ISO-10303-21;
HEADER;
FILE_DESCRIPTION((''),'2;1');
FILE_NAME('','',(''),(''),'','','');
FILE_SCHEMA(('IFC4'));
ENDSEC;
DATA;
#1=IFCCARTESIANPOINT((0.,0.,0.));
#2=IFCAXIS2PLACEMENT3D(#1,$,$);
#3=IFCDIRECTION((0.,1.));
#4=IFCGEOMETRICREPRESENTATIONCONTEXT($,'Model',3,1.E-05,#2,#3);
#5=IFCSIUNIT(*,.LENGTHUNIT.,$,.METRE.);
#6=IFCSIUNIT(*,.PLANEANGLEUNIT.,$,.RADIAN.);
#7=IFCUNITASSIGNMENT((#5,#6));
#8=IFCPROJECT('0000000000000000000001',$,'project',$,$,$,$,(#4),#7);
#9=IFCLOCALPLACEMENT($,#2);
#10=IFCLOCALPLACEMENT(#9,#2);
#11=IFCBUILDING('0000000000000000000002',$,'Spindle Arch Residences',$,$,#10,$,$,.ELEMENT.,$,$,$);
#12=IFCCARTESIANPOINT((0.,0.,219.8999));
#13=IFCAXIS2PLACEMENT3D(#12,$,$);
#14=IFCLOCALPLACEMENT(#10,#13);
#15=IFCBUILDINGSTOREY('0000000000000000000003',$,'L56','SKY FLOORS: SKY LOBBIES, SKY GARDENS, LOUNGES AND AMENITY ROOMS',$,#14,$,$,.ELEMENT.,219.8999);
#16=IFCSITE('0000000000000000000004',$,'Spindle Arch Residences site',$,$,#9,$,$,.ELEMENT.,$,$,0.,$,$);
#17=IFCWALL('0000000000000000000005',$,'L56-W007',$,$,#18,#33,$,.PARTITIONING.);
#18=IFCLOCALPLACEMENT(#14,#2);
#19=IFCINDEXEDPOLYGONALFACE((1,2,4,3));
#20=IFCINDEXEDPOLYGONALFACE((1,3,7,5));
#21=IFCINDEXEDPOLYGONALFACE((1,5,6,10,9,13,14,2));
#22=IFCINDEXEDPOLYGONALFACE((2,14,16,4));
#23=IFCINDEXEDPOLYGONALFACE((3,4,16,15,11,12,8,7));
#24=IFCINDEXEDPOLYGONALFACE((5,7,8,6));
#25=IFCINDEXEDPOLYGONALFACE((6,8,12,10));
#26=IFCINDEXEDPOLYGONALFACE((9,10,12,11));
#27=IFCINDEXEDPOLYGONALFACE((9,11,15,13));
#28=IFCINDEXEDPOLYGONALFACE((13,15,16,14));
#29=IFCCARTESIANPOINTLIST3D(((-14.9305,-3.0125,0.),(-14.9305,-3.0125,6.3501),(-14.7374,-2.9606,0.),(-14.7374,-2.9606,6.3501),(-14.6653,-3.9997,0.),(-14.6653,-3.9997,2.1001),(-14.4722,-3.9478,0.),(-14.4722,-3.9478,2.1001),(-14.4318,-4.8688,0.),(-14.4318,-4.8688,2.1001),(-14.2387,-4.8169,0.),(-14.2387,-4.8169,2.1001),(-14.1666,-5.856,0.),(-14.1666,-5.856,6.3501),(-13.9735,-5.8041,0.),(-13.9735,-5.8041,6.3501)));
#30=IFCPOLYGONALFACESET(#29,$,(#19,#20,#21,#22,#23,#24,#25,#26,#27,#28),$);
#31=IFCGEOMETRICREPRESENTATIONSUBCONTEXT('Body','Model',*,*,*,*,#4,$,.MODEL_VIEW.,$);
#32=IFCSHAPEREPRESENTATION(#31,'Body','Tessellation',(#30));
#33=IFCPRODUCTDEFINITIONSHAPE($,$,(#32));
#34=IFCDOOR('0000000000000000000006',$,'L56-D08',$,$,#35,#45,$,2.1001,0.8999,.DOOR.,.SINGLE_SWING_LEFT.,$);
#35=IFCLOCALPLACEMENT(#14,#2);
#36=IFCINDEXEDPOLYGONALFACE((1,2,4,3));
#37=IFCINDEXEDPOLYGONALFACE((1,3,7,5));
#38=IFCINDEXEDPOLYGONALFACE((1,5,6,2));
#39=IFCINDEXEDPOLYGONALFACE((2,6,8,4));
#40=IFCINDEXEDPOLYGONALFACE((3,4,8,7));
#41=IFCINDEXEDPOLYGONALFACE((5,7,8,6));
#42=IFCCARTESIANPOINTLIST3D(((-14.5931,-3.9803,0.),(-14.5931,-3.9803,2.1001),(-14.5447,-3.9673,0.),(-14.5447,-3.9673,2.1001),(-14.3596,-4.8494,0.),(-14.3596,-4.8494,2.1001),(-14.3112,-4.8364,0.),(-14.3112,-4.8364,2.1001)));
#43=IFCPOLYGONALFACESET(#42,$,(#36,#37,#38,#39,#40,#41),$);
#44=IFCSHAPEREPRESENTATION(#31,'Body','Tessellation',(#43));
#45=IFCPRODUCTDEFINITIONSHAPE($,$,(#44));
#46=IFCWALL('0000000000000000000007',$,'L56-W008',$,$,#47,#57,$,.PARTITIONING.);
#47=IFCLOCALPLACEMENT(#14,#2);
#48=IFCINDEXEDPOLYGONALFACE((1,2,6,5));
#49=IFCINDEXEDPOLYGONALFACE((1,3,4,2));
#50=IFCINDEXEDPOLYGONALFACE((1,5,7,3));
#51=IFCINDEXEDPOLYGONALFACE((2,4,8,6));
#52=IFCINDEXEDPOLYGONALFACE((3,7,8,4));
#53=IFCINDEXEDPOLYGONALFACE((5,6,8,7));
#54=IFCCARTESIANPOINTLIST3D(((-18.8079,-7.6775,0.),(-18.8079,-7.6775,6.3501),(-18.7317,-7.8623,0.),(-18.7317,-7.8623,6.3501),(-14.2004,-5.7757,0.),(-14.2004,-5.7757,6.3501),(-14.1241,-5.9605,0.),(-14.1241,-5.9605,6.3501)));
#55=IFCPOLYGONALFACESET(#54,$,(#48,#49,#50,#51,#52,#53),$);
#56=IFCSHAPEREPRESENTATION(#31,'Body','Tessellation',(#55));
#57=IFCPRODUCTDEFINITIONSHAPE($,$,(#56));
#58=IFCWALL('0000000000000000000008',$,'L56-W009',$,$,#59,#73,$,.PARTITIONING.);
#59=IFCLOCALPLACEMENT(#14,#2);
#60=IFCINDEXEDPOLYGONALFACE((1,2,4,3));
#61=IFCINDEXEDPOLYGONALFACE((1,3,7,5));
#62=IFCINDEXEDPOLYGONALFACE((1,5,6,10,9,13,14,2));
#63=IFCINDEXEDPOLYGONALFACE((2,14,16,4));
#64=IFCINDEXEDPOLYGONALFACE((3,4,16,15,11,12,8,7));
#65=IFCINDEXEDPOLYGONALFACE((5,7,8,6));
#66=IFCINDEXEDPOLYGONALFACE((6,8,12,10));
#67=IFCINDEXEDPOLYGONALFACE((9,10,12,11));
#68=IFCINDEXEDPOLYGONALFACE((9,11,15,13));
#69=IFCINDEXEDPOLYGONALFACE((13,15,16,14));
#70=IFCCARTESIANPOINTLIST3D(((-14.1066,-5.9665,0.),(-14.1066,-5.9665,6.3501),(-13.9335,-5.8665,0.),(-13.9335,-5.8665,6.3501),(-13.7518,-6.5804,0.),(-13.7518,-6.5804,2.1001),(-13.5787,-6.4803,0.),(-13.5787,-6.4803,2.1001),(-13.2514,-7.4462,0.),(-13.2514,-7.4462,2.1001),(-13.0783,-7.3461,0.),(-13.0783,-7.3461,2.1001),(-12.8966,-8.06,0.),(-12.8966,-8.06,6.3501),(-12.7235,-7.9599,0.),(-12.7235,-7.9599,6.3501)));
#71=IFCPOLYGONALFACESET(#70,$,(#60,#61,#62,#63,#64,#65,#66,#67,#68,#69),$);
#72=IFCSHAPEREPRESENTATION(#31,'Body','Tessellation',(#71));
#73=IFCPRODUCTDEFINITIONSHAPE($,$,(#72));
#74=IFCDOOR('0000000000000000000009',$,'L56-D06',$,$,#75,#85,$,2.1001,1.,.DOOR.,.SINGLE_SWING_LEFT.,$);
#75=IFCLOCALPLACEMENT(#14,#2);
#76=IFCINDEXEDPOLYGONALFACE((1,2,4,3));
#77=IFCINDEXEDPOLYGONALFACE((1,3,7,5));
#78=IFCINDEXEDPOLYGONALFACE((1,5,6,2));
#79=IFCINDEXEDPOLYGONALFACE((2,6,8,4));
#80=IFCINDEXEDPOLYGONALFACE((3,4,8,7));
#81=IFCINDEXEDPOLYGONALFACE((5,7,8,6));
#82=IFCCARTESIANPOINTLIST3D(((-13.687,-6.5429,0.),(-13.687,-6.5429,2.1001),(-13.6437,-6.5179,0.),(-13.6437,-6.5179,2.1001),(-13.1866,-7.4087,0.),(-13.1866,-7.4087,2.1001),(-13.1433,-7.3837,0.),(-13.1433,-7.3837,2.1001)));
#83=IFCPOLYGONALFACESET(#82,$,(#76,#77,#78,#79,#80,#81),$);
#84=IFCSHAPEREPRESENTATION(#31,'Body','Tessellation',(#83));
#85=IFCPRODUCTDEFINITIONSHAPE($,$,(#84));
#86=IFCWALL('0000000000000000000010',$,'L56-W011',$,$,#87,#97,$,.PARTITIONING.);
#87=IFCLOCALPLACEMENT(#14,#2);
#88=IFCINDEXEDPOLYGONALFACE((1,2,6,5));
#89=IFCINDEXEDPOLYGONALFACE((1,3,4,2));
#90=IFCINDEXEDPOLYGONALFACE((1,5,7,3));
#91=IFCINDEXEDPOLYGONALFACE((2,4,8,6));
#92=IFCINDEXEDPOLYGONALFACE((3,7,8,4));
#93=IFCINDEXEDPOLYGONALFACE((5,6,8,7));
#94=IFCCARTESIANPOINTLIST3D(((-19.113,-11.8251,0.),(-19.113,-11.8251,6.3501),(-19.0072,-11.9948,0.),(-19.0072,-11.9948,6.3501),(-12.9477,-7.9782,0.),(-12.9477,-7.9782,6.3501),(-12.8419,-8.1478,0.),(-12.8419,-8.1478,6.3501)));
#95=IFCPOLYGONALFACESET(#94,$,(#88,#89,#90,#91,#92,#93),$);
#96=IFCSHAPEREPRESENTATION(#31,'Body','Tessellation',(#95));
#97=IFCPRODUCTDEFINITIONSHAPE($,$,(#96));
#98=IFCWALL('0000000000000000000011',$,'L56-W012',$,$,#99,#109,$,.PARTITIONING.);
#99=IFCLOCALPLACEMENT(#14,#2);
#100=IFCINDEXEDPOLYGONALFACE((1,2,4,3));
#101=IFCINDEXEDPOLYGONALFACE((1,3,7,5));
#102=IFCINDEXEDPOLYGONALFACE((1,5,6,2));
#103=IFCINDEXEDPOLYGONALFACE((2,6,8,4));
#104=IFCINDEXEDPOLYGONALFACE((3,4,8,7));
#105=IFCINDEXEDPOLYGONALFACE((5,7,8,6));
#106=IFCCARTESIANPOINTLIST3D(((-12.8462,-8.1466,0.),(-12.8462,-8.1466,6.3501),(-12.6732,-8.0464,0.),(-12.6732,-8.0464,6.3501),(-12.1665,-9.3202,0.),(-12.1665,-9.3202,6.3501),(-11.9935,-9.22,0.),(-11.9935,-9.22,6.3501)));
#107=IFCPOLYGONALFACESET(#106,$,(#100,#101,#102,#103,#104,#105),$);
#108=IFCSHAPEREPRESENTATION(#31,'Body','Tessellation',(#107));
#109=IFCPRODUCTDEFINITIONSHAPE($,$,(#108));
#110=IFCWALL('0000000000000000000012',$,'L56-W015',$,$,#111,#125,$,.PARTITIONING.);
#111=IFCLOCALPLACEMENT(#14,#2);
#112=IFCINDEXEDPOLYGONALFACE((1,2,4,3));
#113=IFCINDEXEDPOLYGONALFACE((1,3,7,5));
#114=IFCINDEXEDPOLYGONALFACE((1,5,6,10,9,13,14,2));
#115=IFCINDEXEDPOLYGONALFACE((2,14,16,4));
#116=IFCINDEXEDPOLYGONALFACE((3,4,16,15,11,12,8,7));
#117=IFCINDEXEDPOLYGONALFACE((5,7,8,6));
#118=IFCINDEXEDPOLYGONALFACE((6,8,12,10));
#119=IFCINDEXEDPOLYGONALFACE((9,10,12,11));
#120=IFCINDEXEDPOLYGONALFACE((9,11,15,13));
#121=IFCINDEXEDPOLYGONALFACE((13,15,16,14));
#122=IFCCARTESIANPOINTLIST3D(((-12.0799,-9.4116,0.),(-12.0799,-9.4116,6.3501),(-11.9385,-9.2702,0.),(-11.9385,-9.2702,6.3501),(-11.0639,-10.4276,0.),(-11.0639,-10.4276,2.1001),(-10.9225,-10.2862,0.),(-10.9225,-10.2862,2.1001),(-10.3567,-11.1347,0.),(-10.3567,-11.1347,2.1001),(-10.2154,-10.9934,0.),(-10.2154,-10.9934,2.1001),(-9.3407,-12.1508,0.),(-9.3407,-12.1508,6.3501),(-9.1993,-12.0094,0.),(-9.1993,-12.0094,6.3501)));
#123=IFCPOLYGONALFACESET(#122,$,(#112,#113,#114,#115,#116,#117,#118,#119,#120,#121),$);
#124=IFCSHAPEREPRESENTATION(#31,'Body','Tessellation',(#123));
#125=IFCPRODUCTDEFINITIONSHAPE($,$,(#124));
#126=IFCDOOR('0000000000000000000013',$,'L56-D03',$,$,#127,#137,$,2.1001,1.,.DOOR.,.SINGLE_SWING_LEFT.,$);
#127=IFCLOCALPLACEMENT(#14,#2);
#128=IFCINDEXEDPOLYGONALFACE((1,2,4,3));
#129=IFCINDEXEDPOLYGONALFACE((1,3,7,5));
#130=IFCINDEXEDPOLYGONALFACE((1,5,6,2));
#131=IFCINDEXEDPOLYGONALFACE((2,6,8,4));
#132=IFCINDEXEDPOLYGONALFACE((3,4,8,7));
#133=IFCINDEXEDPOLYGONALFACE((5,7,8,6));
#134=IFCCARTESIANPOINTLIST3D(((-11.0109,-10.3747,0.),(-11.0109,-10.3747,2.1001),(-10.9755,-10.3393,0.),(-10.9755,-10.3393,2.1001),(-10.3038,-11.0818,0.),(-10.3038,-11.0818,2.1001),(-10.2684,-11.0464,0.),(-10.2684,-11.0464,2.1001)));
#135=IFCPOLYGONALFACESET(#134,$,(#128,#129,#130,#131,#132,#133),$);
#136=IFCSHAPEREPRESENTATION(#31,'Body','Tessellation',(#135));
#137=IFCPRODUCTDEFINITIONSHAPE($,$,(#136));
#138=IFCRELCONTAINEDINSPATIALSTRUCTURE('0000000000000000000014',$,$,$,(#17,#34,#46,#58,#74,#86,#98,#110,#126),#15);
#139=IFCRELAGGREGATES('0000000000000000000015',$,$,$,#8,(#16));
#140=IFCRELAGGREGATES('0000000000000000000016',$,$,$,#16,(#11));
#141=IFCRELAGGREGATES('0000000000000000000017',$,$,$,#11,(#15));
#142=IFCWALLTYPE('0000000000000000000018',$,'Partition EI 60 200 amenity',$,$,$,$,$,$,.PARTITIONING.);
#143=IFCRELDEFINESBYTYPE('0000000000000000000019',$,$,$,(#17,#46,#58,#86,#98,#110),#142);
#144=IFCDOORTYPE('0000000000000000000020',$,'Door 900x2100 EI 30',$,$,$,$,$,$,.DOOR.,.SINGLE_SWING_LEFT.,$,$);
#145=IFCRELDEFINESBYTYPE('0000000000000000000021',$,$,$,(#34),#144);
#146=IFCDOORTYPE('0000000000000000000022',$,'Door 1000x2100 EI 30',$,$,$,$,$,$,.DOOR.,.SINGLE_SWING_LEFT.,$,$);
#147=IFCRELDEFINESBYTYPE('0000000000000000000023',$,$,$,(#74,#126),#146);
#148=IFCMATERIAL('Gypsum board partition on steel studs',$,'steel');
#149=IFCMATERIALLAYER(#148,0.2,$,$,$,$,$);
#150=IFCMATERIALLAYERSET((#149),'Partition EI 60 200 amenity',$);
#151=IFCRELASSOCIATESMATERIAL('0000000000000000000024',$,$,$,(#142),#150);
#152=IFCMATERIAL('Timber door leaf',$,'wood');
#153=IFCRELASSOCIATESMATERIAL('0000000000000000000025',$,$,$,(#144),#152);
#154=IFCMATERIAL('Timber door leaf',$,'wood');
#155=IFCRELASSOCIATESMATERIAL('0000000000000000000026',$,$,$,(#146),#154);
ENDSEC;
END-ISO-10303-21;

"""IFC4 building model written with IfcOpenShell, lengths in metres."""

from ifc_helpers import new_model, si_unit, direction, frame, frame_2d, origin, place, context, subcontext, project, spatial, rectangle, extrude, material, layer, layer_set, type_object, element, fill, save


model = new_model("IFC4")

# Units and contexts
model_context = context("Model", 3, precision=1e-05, world=origin(), true_north=direction((0.0, 1.0)))
body_context = subcontext(model_context, "Body", "Model", "MODEL_VIEW")
ifc_project = project(units=[si_unit("LENGTHUNIT", "METRE"), si_unit("PLANEANGLEUNIT", "RADIAN")], contexts=[model_context])

# Site, building, storey
site_placement = place(None, origin())
site = spatial("IfcSite", under=ifc_project, at=site_placement, Name="Spindle Arch Residences site", CompositionType="ELEMENT", RefElevation=0.0)
building_placement = place(site_placement, origin())
building = spatial("IfcBuilding", under=site, at=building_placement, Name="Spindle Arch Residences", CompositionType="ELEMENT")
storey_placement = place(building_placement, frame((0.0, 0.0, 219.8999)))
storey = spatial("IfcBuildingStorey", under=building, at=storey_placement, Name="L56", Description="SKY FLOORS: SKY LOBBIES, SKY GARDENS, LOUNGES AND AMENITY ROOMS", CompositionType="ELEMENT", Elevation=219.8999)

# Shared definitions
ifc_material_1 = material(Name="Gypsum board partition on steel studs", Category="steel")
ifc_layer_1 = layer(ifc_material_1, 0.2)
ifc_layer_set_1 = layer_set([ifc_layer_1], Name="Partition EI 60 200 amenity")
wall_type_1 = type_object("IfcWallType", Name="Partition EI 60 200 amenity", PredefinedType="PARTITIONING", material=ifc_layer_set_1)

# Wall, opening, door
wall_1_placement = place(storey_placement, frame((-14.834, -2.9866, 0.0), z_axis=(0.0, 0.0, 1.0), x_axis=(0.259453, -0.965756, 0.0)))
wall_1 = element("IfcWall", 1, at=wall_1_placement, inside=storey, type_object=wall_type_1, Name="L56-W007", PredefinedType="PARTITIONING", context=body_context, shape_type="SweptSolid", body=[
    extrude(rectangle(XDim=2.9443, YDim=0.2, at=frame_2d((1.4722, 0.0))), origin(), (0.0, 0.0, 1.0), 6.3501),
])
opening_1_placement = place(wall_1_placement, frame((1.0222, 0.0, 0.0)))
opening_1 = element("IfcOpeningElement", 2, at=opening_1_placement, cuts=wall_1, PredefinedType="OPENING", context=body_context, shape_type="SweptSolid", body=[
    extrude(rectangle(XDim=0.8999, YDim=2.1001, at=frame_2d((0.45, 1.05))), frame((0.0, 0.1099, 0.0), z_axis=(0.0, -1.0, 0.0), x_axis=(1.0, 0.0, 0.0)), (0.0, 0.0, 1.0), 0.22),
])
ifc_material_2 = material(Name="Timber door leaf", Category="wood")
door_type_1 = type_object("IfcDoorType", Name="Door 900x2100 EI 30", OperationType="SINGLE_SWING_LEFT", PredefinedType="DOOR", material=ifc_material_2)
door_1_placement = place(opening_1_placement, origin())
door_1 = element("IfcDoor", 3, at=door_1_placement, inside=storey, type_object=door_type_1, Name="L56-D08", OperationType="SINGLE_SWING_LEFT", OverallHeight=2.1001, OverallWidth=0.8999, PredefinedType="DOOR", context=body_context, shape_type="SweptSolid", body=[
    extrude(rectangle(XDim=0.8999, YDim=2.1001, at=frame_2d((0.45, 1.05))), frame((0.0, 0.0249, 0.0), z_axis=(0.0, -1.0, 0.0), x_axis=(1.0, 0.0, 0.0)), (0.0, 0.0, 1.0), 0.05),
])
fill(opening_1, door_1)

# Wall
wall_2_placement = place(storey_placement, frame((-14.1624, -5.8682, 0.0), z_axis=(0.0, 0.0, 1.0), x_axis=(-0.924354, -0.381535, 0.0)))
element("IfcWall", 4, at=wall_2_placement, inside=storey, type_object=wall_type_1, Name="L56-W008", PredefinedType="PARTITIONING", context=body_context, shape_type="SweptSolid", body=[
    extrude(rectangle(XDim=4.9846, YDim=0.2, at=frame_2d((2.4922, 0.0))), origin(), (0.0, 0.0, 1.0), 6.3501),
])

# Wall, opening, door
wall_3_placement = place(storey_placement, frame((-14.02, -5.9165, 0.0), z_axis=(0.0, 0.0, 1.0), x_axis=(0.500395, -0.865797, 0.0)))
wall_3 = element("IfcWall", 5, at=wall_3_placement, inside=storey, type_object=wall_type_1, Name="L56-W009", PredefinedType="PARTITIONING", context=body_context, shape_type="SweptSolid", body=[
    extrude(rectangle(XDim=2.418, YDim=0.2, at=frame_2d((1.209, 0.0))), origin(), (0.0, 0.0, 1.0), 6.3501),
])
opening_2_placement = place(wall_3_placement, frame((0.709, 0.0, 0.0)))
opening_2 = element("IfcOpeningElement", 6, at=opening_2_placement, cuts=wall_3, PredefinedType="OPENING", context=body_context, shape_type="SweptSolid", body=[
    extrude(rectangle(XDim=1.0, YDim=2.1001, at=frame_2d((0.5, 1.05))), frame((0.0, 0.1099, 0.0), z_axis=(0.0, -1.0, 0.0), x_axis=(1.0, 0.0, 0.0)), (0.0, 0.0, 1.0), 0.22),
])
ifc_material_3 = material(Name="Timber door leaf", Category="wood")
door_type_2 = type_object("IfcDoorType", Name="Door 1000x2100 EI 30", OperationType="SINGLE_SWING_LEFT", PredefinedType="DOOR", material=ifc_material_3)
door_2_placement = place(opening_2_placement, origin())
door_2 = element("IfcDoor", 7, at=door_2_placement, inside=storey, type_object=door_type_2, Name="L56-D06", OperationType="SINGLE_SWING_LEFT", OverallHeight=2.1001, OverallWidth=1.0, PredefinedType="DOOR", context=body_context, shape_type="SweptSolid", body=[
    extrude(rectangle(XDim=1.0, YDim=2.1001, at=frame_2d((0.5, 1.05))), frame((0.0, 0.0249, 0.0), z_axis=(0.0, -1.0, 0.0), x_axis=(1.0, 0.0, 0.0)), (0.0, 0.0, 1.0), 0.05),
])
fill(opening_2, door_2)

# Walls
wall_4_placement = place(storey_placement, frame((-12.8948, -8.063, 0.0), z_axis=(0.0, 0.0, 1.0), x_axis=(-0.848393, -0.529368, 0.0)))
element("IfcWall", 8, at=wall_4_placement, inside=storey, type_object=wall_type_1, Name="L56-W011", PredefinedType="PARTITIONING", context=body_context, shape_type="SweptSolid", body=[
    extrude(rectangle(XDim=7.2671, YDim=0.2, at=frame_2d((3.6335, 0.0))), origin(), (0.0, 0.0, 1.0), 6.3501),
])
wall_5_placement = place(storey_placement, frame((-12.7598, -8.0964, 0.0), z_axis=(0.0, 0.0, 1.0), x_axis=(0.501171, -0.865348, 0.0)))
element("IfcWall", 9, at=wall_5_placement, inside=storey, type_object=wall_type_1, Name="L56-W012", PredefinedType="PARTITIONING", context=body_context, shape_type="SweptSolid", body=[
    extrude(rectangle(XDim=1.3562, YDim=0.2, at=frame_2d((0.6782, 0.0))), origin(), (0.0, 0.0, 1.0), 6.3501),
])

# Wall, opening, door
wall_6_placement = place(storey_placement, frame((-12.0093, -9.3408, 0.0), z_axis=(0.0, 0.0, 1.0), x_axis=(0.707107, -0.707107, 0.0)))
wall_6 = element("IfcWall", 10, at=wall_6_placement, inside=storey, type_object=wall_type_1, Name="L56-W015", PredefinedType="PARTITIONING", context=body_context, shape_type="SweptSolid", body=[
    extrude(rectangle(XDim=3.8738, YDim=0.2, at=frame_2d((1.937, 0.0))), origin(), (0.0, 0.0, 1.0), 6.3501),
])
opening_3_placement = place(wall_6_placement, frame((1.437, 0.0, 0.0)))
opening_3 = element("IfcOpeningElement", 11, at=opening_3_placement, cuts=wall_6, PredefinedType="OPENING", context=body_context, shape_type="SweptSolid", body=[
    extrude(rectangle(XDim=1.0, YDim=2.1001, at=frame_2d((0.5, 1.05))), frame((0.0, 0.1099, 0.0), z_axis=(0.0, -1.0, 0.0), x_axis=(1.0, 0.0, 0.0)), (0.0, 0.0, 1.0), 0.22),
])
door_3_placement = place(opening_3_placement, origin())
door_3 = element("IfcDoor", 12, at=door_3_placement, inside=storey, type_object=door_type_2, Name="L56-D03", OperationType="SINGLE_SWING_LEFT", OverallHeight=2.1001, OverallWidth=1.0, PredefinedType="DOOR", context=body_context, shape_type="SweptSolid", body=[
    extrude(rectangle(XDim=1.0, YDim=2.1001, at=frame_2d((0.5, 1.05))), frame((0.0, 0.0249, 0.0), z_axis=(0.0, -1.0, 0.0), x_axis=(1.0, 0.0, 0.0)), (0.0, 0.0, 1.0), 0.05),
])
fill(opening_3, door_3)

save(model, "model.ifc")
